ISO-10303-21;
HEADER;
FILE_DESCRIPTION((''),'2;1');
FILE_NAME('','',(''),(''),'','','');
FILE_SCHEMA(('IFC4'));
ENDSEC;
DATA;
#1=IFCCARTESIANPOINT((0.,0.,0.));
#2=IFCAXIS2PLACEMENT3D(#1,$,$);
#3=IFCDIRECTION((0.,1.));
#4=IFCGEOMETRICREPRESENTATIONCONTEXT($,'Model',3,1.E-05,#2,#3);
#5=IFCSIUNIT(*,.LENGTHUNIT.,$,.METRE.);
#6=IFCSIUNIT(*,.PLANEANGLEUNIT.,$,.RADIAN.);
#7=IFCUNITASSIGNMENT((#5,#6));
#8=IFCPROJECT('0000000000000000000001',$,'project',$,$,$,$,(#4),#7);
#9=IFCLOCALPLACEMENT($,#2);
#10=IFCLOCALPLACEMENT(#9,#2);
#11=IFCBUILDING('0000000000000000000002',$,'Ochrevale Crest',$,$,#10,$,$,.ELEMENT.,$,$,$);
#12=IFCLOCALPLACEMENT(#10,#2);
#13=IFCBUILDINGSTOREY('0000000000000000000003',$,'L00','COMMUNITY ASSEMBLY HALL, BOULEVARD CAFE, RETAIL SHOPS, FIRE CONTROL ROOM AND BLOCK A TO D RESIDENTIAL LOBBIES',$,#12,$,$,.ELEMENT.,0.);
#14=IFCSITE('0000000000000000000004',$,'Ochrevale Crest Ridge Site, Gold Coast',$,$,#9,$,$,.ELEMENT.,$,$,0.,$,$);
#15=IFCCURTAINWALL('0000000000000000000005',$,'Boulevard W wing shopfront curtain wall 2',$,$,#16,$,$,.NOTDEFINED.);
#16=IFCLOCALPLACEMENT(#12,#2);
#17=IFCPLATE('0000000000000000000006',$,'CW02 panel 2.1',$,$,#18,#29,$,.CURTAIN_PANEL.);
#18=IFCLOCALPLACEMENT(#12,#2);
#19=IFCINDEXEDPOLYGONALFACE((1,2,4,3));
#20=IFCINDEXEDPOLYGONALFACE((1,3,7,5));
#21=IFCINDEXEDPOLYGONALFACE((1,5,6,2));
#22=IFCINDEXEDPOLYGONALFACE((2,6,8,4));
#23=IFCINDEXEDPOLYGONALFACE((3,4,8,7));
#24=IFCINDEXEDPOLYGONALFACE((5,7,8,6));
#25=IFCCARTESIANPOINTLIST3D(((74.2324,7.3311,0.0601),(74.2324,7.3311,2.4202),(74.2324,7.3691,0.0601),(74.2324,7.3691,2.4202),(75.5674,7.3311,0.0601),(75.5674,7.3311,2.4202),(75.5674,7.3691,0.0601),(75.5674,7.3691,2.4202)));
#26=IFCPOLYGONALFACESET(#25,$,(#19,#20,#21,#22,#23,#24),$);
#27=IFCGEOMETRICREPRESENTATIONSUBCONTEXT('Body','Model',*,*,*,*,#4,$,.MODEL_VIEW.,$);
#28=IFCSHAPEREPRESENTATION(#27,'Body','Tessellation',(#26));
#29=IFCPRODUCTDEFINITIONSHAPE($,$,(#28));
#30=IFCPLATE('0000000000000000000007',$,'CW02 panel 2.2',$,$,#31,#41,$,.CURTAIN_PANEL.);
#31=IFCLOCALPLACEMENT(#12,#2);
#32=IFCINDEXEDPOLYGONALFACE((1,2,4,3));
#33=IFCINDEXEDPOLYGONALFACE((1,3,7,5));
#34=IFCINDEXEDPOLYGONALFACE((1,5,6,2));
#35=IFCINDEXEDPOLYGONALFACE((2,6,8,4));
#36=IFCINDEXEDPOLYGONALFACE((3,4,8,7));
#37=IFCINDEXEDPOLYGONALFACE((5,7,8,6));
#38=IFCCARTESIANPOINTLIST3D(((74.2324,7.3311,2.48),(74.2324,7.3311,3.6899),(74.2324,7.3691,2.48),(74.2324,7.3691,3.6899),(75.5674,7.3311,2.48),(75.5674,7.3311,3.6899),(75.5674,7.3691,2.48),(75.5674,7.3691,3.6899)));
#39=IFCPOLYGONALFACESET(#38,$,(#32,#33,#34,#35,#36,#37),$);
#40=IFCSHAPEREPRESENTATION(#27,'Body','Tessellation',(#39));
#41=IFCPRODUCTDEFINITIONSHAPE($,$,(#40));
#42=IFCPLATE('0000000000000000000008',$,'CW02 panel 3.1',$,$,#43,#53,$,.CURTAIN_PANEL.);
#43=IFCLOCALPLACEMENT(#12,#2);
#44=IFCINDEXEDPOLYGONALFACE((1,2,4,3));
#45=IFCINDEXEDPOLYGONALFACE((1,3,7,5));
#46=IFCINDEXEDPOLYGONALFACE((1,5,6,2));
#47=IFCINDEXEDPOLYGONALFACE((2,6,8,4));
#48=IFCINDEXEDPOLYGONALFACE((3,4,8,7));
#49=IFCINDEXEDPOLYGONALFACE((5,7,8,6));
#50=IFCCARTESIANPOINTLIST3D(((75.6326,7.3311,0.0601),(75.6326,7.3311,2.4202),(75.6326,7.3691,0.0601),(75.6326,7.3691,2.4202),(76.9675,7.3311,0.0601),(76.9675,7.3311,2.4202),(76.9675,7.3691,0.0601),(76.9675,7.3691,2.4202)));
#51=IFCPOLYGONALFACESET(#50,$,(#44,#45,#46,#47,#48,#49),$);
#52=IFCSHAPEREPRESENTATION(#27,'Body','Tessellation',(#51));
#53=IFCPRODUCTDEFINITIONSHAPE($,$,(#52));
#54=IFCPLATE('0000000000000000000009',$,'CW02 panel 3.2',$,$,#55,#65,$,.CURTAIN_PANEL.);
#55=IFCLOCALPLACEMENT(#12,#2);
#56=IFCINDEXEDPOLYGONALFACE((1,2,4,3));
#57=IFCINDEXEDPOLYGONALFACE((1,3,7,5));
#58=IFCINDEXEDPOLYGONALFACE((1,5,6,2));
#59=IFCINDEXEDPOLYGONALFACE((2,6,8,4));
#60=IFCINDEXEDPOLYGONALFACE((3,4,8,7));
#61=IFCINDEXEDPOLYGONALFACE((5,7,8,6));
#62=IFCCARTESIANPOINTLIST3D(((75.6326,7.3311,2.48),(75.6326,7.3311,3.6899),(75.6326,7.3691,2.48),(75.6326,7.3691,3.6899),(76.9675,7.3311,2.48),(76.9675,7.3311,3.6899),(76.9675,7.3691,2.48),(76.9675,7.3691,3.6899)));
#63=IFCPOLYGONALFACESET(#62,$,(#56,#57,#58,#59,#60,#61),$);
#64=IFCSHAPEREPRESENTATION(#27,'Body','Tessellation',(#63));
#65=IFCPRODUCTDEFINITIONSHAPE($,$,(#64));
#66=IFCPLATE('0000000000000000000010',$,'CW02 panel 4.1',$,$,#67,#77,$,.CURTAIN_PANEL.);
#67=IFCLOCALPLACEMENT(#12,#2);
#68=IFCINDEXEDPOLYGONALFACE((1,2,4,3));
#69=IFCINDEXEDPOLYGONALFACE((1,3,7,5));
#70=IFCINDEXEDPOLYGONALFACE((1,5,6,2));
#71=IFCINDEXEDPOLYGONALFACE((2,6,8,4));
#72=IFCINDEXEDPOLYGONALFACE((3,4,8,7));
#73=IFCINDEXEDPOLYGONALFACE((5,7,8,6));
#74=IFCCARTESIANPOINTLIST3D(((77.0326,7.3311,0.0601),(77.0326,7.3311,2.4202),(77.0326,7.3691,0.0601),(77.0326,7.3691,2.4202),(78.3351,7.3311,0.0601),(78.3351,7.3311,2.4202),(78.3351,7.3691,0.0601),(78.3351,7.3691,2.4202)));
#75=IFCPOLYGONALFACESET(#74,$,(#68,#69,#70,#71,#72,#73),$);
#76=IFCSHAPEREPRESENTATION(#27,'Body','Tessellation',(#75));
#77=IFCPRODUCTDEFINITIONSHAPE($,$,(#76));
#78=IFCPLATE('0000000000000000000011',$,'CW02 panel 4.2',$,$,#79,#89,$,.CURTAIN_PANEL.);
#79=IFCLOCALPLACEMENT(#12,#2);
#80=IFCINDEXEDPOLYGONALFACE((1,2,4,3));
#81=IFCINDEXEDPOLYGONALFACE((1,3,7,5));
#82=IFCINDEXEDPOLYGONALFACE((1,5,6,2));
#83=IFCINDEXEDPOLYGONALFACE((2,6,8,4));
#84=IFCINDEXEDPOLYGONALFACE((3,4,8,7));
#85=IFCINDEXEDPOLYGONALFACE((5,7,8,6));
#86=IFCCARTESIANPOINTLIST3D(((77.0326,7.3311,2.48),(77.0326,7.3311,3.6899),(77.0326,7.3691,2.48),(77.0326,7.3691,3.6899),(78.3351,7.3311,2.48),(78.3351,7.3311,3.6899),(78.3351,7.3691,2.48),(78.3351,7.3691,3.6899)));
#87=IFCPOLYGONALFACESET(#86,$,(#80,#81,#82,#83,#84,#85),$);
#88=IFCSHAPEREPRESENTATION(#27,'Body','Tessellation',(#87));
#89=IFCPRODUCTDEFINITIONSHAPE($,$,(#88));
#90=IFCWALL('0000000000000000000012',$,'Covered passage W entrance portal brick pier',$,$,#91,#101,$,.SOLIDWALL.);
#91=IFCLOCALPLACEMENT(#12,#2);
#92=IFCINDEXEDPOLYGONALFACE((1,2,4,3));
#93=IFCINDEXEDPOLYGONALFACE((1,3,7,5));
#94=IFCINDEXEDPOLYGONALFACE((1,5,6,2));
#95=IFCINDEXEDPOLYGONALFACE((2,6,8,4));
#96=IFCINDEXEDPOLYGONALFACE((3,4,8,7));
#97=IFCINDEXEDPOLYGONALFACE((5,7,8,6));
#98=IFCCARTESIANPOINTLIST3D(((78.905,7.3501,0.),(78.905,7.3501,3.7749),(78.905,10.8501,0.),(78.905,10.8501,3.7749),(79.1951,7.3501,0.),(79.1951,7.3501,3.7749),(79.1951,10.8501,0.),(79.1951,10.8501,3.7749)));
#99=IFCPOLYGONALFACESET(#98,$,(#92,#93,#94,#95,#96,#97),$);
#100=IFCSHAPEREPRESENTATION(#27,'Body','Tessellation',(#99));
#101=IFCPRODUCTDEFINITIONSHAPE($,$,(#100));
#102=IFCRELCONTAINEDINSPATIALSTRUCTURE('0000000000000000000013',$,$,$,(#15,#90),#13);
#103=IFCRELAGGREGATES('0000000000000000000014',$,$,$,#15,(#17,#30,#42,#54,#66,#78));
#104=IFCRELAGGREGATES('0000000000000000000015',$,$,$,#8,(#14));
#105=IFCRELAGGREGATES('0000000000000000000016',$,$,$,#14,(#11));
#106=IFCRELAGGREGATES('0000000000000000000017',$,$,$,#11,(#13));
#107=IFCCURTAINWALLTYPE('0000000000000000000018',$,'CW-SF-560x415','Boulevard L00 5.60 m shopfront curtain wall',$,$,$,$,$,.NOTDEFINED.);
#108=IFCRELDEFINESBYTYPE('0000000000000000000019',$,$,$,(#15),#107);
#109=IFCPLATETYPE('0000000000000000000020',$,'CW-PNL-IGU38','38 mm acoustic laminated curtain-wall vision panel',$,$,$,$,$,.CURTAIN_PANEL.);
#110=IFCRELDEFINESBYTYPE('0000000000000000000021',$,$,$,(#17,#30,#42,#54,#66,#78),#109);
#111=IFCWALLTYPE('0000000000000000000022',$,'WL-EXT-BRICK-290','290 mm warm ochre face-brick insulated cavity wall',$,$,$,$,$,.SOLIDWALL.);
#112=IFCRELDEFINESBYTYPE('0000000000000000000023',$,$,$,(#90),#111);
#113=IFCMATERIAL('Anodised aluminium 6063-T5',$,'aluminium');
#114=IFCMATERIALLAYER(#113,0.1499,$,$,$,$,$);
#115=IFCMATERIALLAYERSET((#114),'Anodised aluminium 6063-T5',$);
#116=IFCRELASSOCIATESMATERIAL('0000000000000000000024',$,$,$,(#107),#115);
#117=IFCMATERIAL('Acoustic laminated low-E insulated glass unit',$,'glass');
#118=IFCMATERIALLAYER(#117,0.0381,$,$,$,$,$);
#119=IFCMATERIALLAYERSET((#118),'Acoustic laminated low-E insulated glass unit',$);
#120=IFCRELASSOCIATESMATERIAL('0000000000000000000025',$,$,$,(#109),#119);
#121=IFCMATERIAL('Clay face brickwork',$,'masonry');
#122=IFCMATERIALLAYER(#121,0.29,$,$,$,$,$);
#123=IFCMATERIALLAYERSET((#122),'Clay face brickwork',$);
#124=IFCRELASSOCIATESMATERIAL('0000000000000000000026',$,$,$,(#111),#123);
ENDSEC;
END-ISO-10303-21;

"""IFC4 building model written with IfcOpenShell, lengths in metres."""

from ifc_helpers import new_model, si_unit, direction, frame, frame_2d, origin, origin_2d, place, context, subcontext, project, spatial, rectangle, extrude, material, layer, layer_set, type_object, element, aggregate, save


model = new_model("IFC4")

# Units and contexts
model_context = context("Model", 3, precision=1e-05, world=origin(), true_north=direction((0.0, 1.0)))
body_context = subcontext(model_context, "Body", "Model", "MODEL_VIEW")
ifc_project = project(units=[si_unit("LENGTHUNIT", "METRE"), si_unit("PLANEANGLEUNIT", "RADIAN")], contexts=[model_context])

# Site, building, storey
site_placement = place(None, origin())
site = spatial("IfcSite", under=ifc_project, at=site_placement, Name="Ochrevale Crest Ridge Site, Gold Coast", CompositionType="ELEMENT", RefElevation=0.0)
building_placement = place(site_placement, origin())
building = spatial("IfcBuilding", under=site, at=building_placement, Name="Ochrevale Crest", CompositionType="ELEMENT")
storey_placement = place(building_placement, origin())
storey = spatial("IfcBuildingStorey", under=building, at=storey_placement, Name="L00", Description="COMMUNITY ASSEMBLY HALL, BOULEVARD CAFE, RETAIL SHOPS, FIRE CONTROL ROOM AND BLOCK A TO D RESIDENTIAL LOBBIES", CompositionType="ELEMENT", Elevation=0.0)

# Shared definitions
ifc_material_1 = material(Name="Anodised aluminium 6063-T5", Category="aluminium")

# Curtain wall
ifc_layer_1 = layer(ifc_material_1, 0.1499)
ifc_layer_set_1 = layer_set([ifc_layer_1], Name="Anodised aluminium 6063-T5")
curtain_wall_type_1 = type_object("IfcCurtainWallType", Name="CW-SF-560x415", Description="Boulevard L00 5.60 m shopfront curtain wall", PredefinedType="NOTDEFINED", material=ifc_layer_set_1)
curtain_wall_1_placement = place(storey_placement, origin())
curtain_wall_1 = element("IfcCurtainWall", 1, at=curtain_wall_1_placement, inside=storey, type_object=curtain_wall_type_1, Name="Boulevard W wing shopfront curtain wall 2", PredefinedType="NOTDEFINED")

# Plates
ifc_material_2 = material(Name="Acoustic laminated low-E insulated glass unit", Category="glass")
ifc_layer_2 = layer(ifc_material_2, 0.0381)
ifc_layer_set_2 = layer_set([ifc_layer_2], Name="Acoustic laminated low-E insulated glass unit")
plate_type = type_object("IfcPlateType", Name="CW-PNL-IGU38", Description="38 mm acoustic laminated curtain-wall vision panel", PredefinedType="CURTAIN_PANEL", material=ifc_layer_set_2)
plate_1_placement = place(storey_placement, frame((74.8999, 7.3501, 0.0601), z_axis=(0.0, 0.0, 1.0), x_axis=(1.0, 0.0, 0.0)))
plate_1 = element("IfcPlate", 2, at=plate_1_placement, type_object=plate_type, Name="CW02 panel 2.1", PredefinedType="CURTAIN_PANEL", context=body_context, shape_type="SweptSolid", body=[
    extrude(rectangle(XDim=1.335, YDim=0.0381, at=origin_2d()), origin(), (0.0, 0.0, 1.0), 2.3601),
])
plate_2_placement = place(storey_placement, frame((74.8999, 7.3501, 2.48), z_axis=(0.0, 0.0, 1.0), x_axis=(1.0, 0.0, 0.0)))
plate_2 = element("IfcPlate", 3, at=plate_2_placement, type_object=plate_type, Name="CW02 panel 2.2", PredefinedType="CURTAIN_PANEL", context=body_context, shape_type="SweptSolid", body=[
    extrude(rectangle(XDim=1.335, YDim=0.0381, at=origin_2d()), origin(), (0.0, 0.0, 1.0), 1.21),
])
plate_3_placement = place(storey_placement, frame((76.3, 7.3501, 0.0601), z_axis=(0.0, 0.0, 1.0), x_axis=(1.0, 0.0, 0.0)))
plate_3 = element("IfcPlate", 4, at=plate_3_placement, type_object=plate_type, Name="CW02 panel 3.1", PredefinedType="CURTAIN_PANEL", context=body_context, shape_type="SweptSolid", body=[
    extrude(rectangle(XDim=1.335, YDim=0.0381, at=origin_2d()), origin(), (0.0, 0.0, 1.0), 2.3601),
])
plate_4_placement = place(storey_placement, frame((76.3, 7.3501, 2.48), z_axis=(0.0, 0.0, 1.0), x_axis=(1.0, 0.0, 0.0)))
plate_4 = element("IfcPlate", 5, at=plate_4_placement, type_object=plate_type, Name="CW02 panel 3.2", PredefinedType="CURTAIN_PANEL", context=body_context, shape_type="SweptSolid", body=[
    extrude(rectangle(XDim=1.335, YDim=0.0381, at=origin_2d()), origin(), (0.0, 0.0, 1.0), 1.21),
])
plate_5_placement = place(storey_placement, frame((77.6838, 7.3501, 0.0601), z_axis=(0.0, 0.0, 1.0), x_axis=(1.0, 0.0, 0.0)))
plate_5 = element("IfcPlate", 6, at=plate_5_placement, type_object=plate_type, Name="CW02 panel 4.1", PredefinedType="CURTAIN_PANEL", context=body_context, shape_type="SweptSolid", body=[
    extrude(rectangle(XDim=1.3025, YDim=0.0381, at=origin_2d()), origin(), (0.0, 0.0, 1.0), 2.3601),
])
plate_6_placement = place(storey_placement, frame((77.6838, 7.3501, 2.48), z_axis=(0.0, 0.0, 1.0), x_axis=(1.0, 0.0, 0.0)))
plate_6 = element("IfcPlate", 7, at=plate_6_placement, type_object=plate_type, Name="CW02 panel 4.2", PredefinedType="CURTAIN_PANEL", context=body_context, shape_type="SweptSolid", body=[
    extrude(rectangle(XDim=1.3025, YDim=0.0381, at=origin_2d()), origin(), (0.0, 0.0, 1.0), 1.21),
])
aggregate(curtain_wall_1, [plate_1, plate_2, plate_3, plate_4, plate_5, plate_6])

# Wall
ifc_material_3 = material(Name="Clay face brickwork", Category="masonry")
ifc_layer_3 = layer(ifc_material_3, 0.29)
ifc_layer_set_3 = layer_set([ifc_layer_3], Name="Clay face brickwork")
wall_type = type_object("IfcWallType", Name="WL-EXT-BRICK-290", Description="290 mm warm ochre face-brick insulated cavity wall", PredefinedType="SOLIDWALL", material=ifc_layer_set_3)
wall_placement = place(storey_placement, frame((79.05, 7.3501, 0.0), z_axis=(0.0, 0.0, 1.0), x_axis=(0.0, 1.0, 0.0)))
element("IfcWall", 8, at=wall_placement, inside=storey, type_object=wall_type, Name="Covered passage W entrance portal brick pier", PredefinedType="SOLIDWALL", context=body_context, shape_type="SweptSolid", body=[
    extrude(rectangle(XDim=3.5, YDim=0.29, at=frame_2d((1.75, 0.0))), origin(), (0.0, 0.0, 1.0), 3.7749),
])

save(model, "model.ifc")
